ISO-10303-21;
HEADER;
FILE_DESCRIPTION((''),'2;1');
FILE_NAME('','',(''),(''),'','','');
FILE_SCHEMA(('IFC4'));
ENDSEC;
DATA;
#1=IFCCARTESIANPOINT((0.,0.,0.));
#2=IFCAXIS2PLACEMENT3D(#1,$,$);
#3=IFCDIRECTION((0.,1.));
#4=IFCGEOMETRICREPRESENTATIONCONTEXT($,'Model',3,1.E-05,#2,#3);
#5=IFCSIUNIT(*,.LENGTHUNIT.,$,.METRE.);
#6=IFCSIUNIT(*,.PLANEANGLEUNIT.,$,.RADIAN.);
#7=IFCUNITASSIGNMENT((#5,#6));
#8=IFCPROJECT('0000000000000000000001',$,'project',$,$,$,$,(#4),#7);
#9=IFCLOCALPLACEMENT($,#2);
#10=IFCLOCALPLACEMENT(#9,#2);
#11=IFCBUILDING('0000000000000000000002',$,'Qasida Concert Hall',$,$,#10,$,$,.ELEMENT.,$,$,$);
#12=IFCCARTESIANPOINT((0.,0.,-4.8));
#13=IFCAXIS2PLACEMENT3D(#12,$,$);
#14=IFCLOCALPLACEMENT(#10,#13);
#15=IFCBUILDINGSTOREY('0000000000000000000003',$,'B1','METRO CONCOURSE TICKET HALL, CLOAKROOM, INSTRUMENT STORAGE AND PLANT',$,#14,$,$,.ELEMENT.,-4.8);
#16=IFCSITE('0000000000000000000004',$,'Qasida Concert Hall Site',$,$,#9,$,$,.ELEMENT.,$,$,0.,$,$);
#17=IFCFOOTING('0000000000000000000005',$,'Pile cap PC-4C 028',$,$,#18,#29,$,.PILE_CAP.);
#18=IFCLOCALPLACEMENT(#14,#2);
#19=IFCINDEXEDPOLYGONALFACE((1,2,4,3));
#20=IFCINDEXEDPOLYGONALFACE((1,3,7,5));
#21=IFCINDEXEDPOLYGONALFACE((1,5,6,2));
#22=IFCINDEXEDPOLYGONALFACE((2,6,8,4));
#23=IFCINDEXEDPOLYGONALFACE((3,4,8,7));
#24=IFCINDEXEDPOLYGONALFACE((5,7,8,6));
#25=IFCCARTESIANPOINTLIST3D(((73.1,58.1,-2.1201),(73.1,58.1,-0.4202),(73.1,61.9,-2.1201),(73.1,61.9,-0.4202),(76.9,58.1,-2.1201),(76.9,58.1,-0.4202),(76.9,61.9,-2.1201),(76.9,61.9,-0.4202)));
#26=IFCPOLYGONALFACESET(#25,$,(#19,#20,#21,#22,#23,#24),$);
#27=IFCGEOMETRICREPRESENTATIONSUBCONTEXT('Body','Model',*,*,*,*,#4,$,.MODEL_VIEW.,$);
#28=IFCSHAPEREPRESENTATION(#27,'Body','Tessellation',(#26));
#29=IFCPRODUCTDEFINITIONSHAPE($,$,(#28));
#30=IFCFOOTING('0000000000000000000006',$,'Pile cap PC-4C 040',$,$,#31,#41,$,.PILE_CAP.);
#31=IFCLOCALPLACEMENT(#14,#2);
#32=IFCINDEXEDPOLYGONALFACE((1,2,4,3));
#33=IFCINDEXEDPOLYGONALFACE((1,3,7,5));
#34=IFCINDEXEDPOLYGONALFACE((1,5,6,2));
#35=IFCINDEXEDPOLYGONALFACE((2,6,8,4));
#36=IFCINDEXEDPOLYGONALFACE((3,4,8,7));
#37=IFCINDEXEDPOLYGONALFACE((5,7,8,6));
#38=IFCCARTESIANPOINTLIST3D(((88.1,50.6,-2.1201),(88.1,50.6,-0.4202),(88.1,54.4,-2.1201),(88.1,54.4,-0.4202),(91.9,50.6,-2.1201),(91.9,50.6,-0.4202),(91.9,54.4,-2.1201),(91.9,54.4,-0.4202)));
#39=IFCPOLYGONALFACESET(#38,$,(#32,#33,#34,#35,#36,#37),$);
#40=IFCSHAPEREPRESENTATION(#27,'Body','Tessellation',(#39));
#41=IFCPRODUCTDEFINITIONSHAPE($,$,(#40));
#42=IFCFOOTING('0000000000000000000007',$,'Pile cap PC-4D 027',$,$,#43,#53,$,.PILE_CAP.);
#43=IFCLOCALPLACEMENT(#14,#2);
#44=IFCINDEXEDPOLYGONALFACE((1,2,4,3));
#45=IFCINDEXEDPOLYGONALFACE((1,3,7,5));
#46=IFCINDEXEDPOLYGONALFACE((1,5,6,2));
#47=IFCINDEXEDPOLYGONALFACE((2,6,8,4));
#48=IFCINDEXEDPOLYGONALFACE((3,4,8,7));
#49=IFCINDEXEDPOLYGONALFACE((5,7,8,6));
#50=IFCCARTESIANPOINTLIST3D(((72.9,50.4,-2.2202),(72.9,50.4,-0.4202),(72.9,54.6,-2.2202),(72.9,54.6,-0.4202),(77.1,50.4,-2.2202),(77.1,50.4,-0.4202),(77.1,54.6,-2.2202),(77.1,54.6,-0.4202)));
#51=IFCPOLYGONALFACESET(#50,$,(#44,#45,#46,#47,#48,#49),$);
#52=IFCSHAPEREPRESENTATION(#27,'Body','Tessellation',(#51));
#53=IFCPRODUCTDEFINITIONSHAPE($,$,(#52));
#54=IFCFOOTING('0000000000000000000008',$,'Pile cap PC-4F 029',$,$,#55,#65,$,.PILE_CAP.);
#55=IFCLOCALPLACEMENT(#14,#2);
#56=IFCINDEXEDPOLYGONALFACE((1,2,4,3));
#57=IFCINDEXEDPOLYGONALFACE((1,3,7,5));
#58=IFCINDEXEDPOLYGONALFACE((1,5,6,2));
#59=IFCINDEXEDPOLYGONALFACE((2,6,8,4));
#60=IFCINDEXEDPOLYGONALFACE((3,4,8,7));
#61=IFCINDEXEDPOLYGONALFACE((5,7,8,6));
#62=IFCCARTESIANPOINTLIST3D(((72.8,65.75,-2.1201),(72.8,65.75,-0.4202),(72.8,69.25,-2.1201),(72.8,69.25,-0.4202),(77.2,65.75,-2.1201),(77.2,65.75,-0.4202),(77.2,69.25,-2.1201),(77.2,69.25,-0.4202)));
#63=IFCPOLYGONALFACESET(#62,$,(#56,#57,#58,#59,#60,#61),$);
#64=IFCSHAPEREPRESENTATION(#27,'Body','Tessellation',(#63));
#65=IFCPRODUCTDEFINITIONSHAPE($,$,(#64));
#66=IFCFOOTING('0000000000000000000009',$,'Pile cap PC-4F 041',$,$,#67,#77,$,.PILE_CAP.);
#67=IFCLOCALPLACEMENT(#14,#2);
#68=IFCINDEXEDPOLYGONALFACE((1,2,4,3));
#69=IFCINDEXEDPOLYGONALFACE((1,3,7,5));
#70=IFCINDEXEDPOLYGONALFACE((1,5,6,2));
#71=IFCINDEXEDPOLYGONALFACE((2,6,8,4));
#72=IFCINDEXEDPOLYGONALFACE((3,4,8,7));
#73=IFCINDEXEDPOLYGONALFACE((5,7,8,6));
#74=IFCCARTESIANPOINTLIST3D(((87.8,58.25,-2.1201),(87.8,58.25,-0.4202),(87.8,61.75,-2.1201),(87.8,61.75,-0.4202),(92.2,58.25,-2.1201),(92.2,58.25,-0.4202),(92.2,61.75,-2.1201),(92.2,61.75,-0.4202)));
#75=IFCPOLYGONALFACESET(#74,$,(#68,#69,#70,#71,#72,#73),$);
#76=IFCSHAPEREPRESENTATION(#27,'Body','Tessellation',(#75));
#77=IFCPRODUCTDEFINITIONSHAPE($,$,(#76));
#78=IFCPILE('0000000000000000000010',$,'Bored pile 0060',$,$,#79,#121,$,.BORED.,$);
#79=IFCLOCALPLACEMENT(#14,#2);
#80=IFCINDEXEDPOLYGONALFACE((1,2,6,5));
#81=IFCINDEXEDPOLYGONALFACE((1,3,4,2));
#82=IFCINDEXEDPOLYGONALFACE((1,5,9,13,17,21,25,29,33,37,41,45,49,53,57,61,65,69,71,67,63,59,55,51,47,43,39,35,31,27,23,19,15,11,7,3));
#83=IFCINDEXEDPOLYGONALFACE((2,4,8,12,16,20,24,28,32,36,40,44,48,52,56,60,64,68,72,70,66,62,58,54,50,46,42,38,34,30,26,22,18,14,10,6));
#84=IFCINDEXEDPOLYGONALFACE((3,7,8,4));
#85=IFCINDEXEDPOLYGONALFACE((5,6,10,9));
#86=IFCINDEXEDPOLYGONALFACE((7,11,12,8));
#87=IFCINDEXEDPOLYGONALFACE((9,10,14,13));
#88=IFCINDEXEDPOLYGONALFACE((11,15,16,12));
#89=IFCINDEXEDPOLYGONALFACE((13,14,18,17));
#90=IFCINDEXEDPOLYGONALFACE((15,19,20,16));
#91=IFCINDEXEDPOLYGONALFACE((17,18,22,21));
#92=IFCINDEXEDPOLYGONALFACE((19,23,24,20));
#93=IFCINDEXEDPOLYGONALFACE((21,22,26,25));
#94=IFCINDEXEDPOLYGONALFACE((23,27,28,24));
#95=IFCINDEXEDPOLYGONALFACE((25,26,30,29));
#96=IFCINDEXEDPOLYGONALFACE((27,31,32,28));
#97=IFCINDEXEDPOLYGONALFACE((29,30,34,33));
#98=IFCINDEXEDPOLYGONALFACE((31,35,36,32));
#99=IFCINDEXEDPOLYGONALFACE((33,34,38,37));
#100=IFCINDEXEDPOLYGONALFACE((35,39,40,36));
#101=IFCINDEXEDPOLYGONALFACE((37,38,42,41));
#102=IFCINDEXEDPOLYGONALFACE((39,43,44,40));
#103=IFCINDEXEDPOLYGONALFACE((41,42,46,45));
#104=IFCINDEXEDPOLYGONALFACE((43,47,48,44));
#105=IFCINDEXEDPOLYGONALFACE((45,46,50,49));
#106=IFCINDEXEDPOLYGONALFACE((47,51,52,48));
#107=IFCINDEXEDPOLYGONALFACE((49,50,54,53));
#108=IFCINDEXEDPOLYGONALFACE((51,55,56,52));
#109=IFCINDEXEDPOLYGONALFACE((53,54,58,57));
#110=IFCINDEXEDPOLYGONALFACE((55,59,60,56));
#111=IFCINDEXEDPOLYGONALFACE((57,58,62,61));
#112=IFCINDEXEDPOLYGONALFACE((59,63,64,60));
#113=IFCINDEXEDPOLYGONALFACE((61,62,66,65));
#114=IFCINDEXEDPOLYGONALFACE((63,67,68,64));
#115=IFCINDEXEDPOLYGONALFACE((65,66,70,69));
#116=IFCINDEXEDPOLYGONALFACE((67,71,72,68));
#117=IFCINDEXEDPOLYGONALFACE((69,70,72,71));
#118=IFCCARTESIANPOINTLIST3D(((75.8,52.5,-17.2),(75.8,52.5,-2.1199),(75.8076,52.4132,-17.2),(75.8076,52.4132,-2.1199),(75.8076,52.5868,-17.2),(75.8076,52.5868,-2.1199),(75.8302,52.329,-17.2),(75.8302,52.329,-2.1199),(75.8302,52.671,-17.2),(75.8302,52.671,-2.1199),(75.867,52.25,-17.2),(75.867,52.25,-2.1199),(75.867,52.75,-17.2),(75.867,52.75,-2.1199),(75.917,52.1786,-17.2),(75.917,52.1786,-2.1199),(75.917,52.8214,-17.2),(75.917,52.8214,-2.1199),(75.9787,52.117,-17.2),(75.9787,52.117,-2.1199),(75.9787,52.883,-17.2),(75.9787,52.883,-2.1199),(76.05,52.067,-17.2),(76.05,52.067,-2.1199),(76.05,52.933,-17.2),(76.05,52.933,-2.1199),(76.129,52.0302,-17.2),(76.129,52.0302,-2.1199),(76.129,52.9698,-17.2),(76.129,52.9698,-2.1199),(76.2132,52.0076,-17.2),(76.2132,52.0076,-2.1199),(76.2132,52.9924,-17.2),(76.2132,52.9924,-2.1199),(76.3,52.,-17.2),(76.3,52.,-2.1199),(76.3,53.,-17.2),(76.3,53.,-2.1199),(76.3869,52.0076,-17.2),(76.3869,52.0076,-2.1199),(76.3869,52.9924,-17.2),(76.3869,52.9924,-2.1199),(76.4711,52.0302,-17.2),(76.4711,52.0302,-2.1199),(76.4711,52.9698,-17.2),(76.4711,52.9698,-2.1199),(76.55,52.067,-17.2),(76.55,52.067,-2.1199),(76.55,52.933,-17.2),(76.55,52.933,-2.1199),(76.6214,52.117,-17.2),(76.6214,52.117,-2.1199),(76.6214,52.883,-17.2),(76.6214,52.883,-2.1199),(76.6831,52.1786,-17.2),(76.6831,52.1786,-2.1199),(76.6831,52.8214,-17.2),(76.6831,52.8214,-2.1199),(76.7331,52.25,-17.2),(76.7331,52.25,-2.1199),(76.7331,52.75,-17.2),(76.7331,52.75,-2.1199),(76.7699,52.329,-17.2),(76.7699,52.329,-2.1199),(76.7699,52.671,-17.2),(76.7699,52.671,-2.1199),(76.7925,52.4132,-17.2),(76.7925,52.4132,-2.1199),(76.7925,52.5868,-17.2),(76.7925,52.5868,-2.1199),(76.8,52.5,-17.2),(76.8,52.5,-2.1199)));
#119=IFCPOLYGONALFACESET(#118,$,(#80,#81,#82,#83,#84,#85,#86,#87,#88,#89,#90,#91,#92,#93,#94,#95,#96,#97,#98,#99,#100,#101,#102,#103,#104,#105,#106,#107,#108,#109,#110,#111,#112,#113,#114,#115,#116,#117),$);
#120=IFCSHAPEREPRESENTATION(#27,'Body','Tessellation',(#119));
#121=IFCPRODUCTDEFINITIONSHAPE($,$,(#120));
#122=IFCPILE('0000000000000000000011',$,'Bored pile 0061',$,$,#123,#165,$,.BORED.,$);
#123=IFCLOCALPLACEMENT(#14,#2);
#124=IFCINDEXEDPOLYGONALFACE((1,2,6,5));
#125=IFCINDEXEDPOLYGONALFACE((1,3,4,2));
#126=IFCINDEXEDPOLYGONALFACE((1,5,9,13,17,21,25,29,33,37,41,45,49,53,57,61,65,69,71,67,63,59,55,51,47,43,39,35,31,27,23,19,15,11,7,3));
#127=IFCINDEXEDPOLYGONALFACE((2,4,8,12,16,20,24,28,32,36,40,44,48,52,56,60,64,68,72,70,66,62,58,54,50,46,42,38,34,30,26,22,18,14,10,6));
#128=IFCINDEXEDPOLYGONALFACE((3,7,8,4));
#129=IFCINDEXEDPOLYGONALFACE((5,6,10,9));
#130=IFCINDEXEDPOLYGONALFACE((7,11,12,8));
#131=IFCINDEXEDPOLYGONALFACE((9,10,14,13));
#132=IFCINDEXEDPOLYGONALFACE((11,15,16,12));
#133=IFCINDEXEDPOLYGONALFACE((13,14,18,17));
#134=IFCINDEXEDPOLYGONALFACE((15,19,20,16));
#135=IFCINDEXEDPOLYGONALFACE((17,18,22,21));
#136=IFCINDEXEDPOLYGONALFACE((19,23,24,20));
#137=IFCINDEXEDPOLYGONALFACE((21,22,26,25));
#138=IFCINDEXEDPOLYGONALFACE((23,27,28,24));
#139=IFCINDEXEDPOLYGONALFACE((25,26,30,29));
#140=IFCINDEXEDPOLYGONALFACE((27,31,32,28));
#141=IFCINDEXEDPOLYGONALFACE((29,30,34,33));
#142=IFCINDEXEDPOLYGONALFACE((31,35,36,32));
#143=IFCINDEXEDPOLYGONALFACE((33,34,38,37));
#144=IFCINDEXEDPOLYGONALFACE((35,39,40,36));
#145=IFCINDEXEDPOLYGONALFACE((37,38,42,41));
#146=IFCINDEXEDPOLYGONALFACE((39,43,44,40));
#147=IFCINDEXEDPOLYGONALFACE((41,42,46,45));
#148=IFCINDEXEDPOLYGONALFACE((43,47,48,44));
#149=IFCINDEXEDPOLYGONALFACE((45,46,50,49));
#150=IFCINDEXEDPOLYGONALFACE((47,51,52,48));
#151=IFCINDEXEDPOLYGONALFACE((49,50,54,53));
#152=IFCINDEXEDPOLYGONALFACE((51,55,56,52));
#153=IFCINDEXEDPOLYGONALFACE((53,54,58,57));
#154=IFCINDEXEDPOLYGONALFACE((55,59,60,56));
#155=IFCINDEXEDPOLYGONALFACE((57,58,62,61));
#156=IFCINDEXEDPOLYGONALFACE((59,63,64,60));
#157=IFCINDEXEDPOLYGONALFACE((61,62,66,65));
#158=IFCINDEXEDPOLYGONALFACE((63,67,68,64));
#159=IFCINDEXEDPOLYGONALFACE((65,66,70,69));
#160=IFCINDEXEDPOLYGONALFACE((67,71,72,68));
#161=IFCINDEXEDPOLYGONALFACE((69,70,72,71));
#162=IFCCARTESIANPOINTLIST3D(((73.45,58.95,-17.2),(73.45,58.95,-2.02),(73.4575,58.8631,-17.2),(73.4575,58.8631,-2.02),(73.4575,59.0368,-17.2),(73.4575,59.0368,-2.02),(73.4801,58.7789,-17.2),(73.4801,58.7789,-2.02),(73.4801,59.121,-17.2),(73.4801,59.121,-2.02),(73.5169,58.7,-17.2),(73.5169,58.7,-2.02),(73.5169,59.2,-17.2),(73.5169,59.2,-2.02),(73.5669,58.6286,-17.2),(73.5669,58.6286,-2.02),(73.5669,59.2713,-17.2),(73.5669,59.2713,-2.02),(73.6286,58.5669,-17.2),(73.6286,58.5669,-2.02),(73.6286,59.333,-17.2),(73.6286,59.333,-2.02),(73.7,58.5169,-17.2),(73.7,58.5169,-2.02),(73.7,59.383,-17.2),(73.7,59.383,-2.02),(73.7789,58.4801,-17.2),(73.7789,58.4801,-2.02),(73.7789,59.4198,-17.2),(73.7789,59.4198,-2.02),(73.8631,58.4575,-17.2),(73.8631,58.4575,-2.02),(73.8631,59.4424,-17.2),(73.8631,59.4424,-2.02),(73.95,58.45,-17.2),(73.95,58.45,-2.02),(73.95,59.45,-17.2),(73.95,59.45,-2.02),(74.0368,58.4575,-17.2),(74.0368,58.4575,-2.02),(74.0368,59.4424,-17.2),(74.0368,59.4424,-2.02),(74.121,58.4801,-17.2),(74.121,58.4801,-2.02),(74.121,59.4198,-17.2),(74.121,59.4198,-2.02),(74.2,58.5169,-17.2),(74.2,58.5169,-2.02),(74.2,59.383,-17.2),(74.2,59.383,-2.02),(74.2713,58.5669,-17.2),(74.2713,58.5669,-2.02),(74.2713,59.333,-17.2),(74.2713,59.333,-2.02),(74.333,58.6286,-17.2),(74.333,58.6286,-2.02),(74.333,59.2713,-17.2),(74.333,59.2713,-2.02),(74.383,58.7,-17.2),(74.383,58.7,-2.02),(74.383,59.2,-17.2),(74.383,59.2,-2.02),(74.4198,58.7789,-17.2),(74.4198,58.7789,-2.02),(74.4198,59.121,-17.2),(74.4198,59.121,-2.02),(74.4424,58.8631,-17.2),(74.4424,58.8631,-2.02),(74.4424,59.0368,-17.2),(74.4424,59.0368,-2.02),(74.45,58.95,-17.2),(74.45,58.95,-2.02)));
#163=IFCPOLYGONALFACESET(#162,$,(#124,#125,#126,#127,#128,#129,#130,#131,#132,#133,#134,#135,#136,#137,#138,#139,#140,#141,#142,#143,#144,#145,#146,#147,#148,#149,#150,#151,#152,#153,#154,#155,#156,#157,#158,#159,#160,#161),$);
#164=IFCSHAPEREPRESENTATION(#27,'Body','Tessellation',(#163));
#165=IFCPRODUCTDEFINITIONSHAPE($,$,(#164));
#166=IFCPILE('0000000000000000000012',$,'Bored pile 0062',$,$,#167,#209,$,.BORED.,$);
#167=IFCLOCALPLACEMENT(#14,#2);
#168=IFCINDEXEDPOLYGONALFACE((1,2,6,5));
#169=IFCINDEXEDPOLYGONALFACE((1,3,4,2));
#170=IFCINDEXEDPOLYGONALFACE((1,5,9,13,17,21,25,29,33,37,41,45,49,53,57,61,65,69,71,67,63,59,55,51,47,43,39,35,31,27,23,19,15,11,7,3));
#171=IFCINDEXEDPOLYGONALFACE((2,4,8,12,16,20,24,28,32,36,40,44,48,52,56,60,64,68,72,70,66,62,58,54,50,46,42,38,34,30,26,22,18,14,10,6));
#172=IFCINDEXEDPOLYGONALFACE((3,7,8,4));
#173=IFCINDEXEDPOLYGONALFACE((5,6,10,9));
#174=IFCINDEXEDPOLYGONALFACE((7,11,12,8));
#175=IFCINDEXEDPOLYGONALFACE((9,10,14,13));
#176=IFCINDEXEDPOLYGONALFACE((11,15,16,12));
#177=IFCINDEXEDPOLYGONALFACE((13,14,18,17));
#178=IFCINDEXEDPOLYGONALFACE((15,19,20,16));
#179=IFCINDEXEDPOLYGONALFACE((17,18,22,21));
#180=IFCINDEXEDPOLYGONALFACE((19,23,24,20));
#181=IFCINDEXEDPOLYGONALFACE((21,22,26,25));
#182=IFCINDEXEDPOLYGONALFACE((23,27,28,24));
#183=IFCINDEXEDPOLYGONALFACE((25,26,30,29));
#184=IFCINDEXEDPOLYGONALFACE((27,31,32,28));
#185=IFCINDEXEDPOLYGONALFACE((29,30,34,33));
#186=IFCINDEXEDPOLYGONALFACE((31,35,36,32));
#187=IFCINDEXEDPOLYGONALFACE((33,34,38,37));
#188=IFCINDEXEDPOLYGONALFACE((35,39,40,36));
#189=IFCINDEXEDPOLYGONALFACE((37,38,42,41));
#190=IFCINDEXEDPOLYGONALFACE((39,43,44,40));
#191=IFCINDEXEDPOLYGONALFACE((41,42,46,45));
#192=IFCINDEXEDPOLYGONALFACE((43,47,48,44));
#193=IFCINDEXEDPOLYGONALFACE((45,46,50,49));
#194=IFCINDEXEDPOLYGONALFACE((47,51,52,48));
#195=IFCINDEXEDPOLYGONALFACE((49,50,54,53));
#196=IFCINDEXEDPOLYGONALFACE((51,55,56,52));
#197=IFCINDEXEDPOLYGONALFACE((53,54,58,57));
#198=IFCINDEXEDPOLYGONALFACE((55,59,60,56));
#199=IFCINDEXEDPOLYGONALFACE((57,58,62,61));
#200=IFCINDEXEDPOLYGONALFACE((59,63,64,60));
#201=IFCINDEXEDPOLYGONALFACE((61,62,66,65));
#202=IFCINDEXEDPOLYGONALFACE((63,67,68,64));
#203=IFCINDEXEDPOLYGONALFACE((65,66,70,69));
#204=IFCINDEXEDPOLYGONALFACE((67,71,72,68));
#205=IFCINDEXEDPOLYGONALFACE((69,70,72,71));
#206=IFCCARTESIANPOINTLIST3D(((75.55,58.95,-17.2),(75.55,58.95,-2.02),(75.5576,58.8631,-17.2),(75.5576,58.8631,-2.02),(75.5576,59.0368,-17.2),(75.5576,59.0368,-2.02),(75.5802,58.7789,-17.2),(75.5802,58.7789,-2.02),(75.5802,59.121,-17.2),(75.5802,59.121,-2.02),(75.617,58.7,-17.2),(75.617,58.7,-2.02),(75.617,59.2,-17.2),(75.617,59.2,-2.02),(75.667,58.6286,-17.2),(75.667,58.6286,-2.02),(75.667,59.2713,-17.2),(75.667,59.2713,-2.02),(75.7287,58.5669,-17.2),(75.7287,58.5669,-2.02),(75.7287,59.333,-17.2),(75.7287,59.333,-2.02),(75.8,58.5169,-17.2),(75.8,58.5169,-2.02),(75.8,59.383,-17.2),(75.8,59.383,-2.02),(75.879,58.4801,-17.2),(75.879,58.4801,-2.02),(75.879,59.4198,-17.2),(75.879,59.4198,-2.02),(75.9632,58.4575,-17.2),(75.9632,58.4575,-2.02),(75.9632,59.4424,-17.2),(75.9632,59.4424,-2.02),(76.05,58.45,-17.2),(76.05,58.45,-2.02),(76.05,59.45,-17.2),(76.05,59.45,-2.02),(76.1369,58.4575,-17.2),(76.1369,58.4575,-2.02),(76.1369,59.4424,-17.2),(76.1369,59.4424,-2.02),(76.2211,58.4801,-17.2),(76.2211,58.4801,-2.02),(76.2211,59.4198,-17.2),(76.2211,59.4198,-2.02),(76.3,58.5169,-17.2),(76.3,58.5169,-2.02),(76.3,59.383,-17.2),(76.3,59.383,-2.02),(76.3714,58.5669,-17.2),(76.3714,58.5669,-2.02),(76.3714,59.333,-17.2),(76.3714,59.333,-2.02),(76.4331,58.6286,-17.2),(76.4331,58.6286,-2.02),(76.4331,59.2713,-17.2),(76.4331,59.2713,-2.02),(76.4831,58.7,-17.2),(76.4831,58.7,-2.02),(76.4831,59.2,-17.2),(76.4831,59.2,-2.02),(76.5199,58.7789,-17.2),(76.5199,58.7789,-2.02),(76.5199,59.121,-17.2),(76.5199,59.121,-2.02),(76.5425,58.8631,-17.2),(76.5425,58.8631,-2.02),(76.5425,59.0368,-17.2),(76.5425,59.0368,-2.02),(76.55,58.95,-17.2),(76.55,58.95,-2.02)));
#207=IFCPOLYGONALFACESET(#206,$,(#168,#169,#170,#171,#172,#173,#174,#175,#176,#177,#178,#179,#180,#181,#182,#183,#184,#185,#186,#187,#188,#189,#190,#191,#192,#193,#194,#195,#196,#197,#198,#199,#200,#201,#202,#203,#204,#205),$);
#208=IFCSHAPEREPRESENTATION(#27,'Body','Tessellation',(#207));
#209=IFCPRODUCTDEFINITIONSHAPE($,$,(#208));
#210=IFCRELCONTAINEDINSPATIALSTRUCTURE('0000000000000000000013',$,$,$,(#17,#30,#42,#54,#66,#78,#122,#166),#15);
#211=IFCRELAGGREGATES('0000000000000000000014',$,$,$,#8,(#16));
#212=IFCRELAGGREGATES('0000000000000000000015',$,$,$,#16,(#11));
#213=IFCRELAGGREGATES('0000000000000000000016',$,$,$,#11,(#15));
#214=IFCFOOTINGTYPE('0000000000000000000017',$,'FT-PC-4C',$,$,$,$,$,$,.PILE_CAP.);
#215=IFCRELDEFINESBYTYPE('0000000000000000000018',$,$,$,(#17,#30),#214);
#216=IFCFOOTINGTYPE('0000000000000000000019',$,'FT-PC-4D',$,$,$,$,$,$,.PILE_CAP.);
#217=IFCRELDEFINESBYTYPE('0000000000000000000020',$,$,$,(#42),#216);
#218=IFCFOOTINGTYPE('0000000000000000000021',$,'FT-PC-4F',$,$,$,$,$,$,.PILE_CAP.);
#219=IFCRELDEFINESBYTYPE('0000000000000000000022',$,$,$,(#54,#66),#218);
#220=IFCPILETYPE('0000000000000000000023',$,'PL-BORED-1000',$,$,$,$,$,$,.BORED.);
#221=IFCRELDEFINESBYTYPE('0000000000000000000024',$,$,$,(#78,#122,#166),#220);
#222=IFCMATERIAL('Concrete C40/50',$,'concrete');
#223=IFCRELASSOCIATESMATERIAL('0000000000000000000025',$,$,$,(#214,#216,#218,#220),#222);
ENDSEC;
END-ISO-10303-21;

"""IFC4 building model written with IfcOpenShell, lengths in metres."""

from ifc_helpers import new_model, si_unit, direction, frame, origin, origin_2d, place, context, subcontext, project, spatial, rectangle, circle, extrude, material, material_profile, profile_set, type_object, element, save


model = new_model("IFC4")

# Units and contexts
model_context = context("Model", 3, precision=1e-05, world=origin(), true_north=direction((0.0, 1.0)))
body_context = subcontext(model_context, "Body", "Model", "MODEL_VIEW")
ifc_project = project(units=[si_unit("LENGTHUNIT", "METRE"), si_unit("PLANEANGLEUNIT", "RADIAN")], contexts=[model_context])

# Site, building, storey
site_placement = place(None, origin())
site = spatial("IfcSite", under=ifc_project, at=site_placement, Name="Qasida Concert Hall Site", CompositionType="ELEMENT", RefElevation=0.0)
building_placement = place(site_placement, origin())
building = spatial("IfcBuilding", under=site, at=building_placement, Name="Qasida Concert Hall", CompositionType="ELEMENT")
storey_placement = place(building_placement, frame((0.0, 0.0, -4.8)))
storey = spatial("IfcBuildingStorey", under=building, at=storey_placement, Name="B1", Description="METRO CONCOURSE TICKET HALL, CLOAKROOM, INSTRUMENT STORAGE AND PLANT", CompositionType="ELEMENT", Elevation=-4.8)

# Footings
ifc_material_1 = material(Name="Concrete C40/50", Category="concrete")
footing_type_1 = type_object("IfcFootingType", Name="FT-PC-4C", PredefinedType="PILE_CAP", material=ifc_material_1)
for number, where, z_axis, x_axis, name in (
    (1, (75.0, 60.0, -2.1201), (0.0, 0.0, 1.0), (1.0, 0.0, 0.0), "Pile cap PC-4C 028"),
    (2, (90.0, 52.5, -2.1201), (0.0, 0.0, 1.0), (1.0, 0.0, 0.0), "Pile cap PC-4C 040"),
):
    element("IfcFooting", number, at=place(storey_placement, frame(where, z_axis=z_axis, x_axis=x_axis)), inside=storey, type_object=footing_type_1, Name=name, PredefinedType="PILE_CAP", context=body_context, shape_type="SweptSolid", body=[
        extrude(rectangle(XDim=3.8, YDim=3.8, at=origin_2d()), origin(), (0.0, 0.0, 1.0), 1.7),
    ])
footing_type_2 = type_object("IfcFootingType", Name="FT-PC-4D", PredefinedType="PILE_CAP", material=ifc_material_1)
footing_placement = place(storey_placement, frame((75.0, 52.5, -2.2202), z_axis=(0.0, 0.0, 1.0), x_axis=(1.0, 0.0, 0.0)))
element("IfcFooting", 3, at=footing_placement, inside=storey, type_object=footing_type_2, Name="Pile cap PC-4D 027", PredefinedType="PILE_CAP", context=body_context, shape_type="SweptSolid", body=[
    extrude(rectangle(XDim=4.2, YDim=4.2, at=origin_2d()), origin(), (0.0, 0.0, 1.0), 1.8),
])
footing_type_3 = type_object("IfcFootingType", Name="FT-PC-4F", PredefinedType="PILE_CAP", material=ifc_material_1)
for number, where, z_axis, x_axis, name in (
    (4, (75.0, 67.5, -2.1201), (0.0, 0.0, 1.0), (1.0, 0.0, 0.0), "Pile cap PC-4F 029"),
    (5, (90.0, 60.0, -2.1201), (0.0, 0.0, 1.0), (1.0, 0.0, 0.0), "Pile cap PC-4F 041"),
):
    element("IfcFooting", number, at=place(storey_placement, frame(where, z_axis=z_axis, x_axis=x_axis)), inside=storey, type_object=footing_type_3, Name=name, PredefinedType="PILE_CAP", context=body_context, shape_type="SweptSolid", body=[
        extrude(rectangle(XDim=4.3999, YDim=3.5, at=origin_2d()), origin(), (0.0, 0.0, 1.0), 1.7),
    ])

# Piles
ifc_material_profile_1 = material_profile(ifc_material_1, circle(Radius=0.5, at=origin_2d()), Name="BORED PILE D1000")
ifc_profile_set_1 = profile_set([ifc_material_profile_1], Name="Concrete C40/50")
pile_type = type_object("IfcPileType", Name="PL-BORED-1000", PredefinedType="BORED", material=ifc_profile_set_1)
pile_1_placement = place(storey_placement, frame((76.3, 52.5, -2.1199), z_axis=(0.0, 0.0, -1.0), x_axis=(1.0, 0.0, 0.0)))
element("IfcPile", 6, at=pile_1_placement, inside=storey, type_object=pile_type, Name="Bored pile 0060", PredefinedType="BORED", context=body_context, shape_type="SweptSolid", body=[
    extrude(circle(Radius=0.5, at=origin_2d()), origin(), (0.0, 0.0, 1.0), 15.0801),
])
for number, where, z_axis, x_axis, name in (
    (7, (73.95, 58.95, -2.02), (0.0, 0.0, -1.0), (1.0, 0.0, 0.0), "Bored pile 0061"),
    (8, (76.05, 58.95, -2.02), (0.0, 0.0, -1.0), (1.0, 0.0, 0.0), "Bored pile 0062"),
):
    element("IfcPile", number, at=place(storey_placement, frame(where, z_axis=z_axis, x_axis=x_axis)), inside=storey, type_object=pile_type, Name=name, PredefinedType="BORED", context=body_context, shape_type="SweptSolid", body=[
        extrude(circle(Radius=0.5, at=origin_2d()), origin(), (0.0, 0.0, 1.0), 15.1799),
    ])

save(model, "model.ifc")
